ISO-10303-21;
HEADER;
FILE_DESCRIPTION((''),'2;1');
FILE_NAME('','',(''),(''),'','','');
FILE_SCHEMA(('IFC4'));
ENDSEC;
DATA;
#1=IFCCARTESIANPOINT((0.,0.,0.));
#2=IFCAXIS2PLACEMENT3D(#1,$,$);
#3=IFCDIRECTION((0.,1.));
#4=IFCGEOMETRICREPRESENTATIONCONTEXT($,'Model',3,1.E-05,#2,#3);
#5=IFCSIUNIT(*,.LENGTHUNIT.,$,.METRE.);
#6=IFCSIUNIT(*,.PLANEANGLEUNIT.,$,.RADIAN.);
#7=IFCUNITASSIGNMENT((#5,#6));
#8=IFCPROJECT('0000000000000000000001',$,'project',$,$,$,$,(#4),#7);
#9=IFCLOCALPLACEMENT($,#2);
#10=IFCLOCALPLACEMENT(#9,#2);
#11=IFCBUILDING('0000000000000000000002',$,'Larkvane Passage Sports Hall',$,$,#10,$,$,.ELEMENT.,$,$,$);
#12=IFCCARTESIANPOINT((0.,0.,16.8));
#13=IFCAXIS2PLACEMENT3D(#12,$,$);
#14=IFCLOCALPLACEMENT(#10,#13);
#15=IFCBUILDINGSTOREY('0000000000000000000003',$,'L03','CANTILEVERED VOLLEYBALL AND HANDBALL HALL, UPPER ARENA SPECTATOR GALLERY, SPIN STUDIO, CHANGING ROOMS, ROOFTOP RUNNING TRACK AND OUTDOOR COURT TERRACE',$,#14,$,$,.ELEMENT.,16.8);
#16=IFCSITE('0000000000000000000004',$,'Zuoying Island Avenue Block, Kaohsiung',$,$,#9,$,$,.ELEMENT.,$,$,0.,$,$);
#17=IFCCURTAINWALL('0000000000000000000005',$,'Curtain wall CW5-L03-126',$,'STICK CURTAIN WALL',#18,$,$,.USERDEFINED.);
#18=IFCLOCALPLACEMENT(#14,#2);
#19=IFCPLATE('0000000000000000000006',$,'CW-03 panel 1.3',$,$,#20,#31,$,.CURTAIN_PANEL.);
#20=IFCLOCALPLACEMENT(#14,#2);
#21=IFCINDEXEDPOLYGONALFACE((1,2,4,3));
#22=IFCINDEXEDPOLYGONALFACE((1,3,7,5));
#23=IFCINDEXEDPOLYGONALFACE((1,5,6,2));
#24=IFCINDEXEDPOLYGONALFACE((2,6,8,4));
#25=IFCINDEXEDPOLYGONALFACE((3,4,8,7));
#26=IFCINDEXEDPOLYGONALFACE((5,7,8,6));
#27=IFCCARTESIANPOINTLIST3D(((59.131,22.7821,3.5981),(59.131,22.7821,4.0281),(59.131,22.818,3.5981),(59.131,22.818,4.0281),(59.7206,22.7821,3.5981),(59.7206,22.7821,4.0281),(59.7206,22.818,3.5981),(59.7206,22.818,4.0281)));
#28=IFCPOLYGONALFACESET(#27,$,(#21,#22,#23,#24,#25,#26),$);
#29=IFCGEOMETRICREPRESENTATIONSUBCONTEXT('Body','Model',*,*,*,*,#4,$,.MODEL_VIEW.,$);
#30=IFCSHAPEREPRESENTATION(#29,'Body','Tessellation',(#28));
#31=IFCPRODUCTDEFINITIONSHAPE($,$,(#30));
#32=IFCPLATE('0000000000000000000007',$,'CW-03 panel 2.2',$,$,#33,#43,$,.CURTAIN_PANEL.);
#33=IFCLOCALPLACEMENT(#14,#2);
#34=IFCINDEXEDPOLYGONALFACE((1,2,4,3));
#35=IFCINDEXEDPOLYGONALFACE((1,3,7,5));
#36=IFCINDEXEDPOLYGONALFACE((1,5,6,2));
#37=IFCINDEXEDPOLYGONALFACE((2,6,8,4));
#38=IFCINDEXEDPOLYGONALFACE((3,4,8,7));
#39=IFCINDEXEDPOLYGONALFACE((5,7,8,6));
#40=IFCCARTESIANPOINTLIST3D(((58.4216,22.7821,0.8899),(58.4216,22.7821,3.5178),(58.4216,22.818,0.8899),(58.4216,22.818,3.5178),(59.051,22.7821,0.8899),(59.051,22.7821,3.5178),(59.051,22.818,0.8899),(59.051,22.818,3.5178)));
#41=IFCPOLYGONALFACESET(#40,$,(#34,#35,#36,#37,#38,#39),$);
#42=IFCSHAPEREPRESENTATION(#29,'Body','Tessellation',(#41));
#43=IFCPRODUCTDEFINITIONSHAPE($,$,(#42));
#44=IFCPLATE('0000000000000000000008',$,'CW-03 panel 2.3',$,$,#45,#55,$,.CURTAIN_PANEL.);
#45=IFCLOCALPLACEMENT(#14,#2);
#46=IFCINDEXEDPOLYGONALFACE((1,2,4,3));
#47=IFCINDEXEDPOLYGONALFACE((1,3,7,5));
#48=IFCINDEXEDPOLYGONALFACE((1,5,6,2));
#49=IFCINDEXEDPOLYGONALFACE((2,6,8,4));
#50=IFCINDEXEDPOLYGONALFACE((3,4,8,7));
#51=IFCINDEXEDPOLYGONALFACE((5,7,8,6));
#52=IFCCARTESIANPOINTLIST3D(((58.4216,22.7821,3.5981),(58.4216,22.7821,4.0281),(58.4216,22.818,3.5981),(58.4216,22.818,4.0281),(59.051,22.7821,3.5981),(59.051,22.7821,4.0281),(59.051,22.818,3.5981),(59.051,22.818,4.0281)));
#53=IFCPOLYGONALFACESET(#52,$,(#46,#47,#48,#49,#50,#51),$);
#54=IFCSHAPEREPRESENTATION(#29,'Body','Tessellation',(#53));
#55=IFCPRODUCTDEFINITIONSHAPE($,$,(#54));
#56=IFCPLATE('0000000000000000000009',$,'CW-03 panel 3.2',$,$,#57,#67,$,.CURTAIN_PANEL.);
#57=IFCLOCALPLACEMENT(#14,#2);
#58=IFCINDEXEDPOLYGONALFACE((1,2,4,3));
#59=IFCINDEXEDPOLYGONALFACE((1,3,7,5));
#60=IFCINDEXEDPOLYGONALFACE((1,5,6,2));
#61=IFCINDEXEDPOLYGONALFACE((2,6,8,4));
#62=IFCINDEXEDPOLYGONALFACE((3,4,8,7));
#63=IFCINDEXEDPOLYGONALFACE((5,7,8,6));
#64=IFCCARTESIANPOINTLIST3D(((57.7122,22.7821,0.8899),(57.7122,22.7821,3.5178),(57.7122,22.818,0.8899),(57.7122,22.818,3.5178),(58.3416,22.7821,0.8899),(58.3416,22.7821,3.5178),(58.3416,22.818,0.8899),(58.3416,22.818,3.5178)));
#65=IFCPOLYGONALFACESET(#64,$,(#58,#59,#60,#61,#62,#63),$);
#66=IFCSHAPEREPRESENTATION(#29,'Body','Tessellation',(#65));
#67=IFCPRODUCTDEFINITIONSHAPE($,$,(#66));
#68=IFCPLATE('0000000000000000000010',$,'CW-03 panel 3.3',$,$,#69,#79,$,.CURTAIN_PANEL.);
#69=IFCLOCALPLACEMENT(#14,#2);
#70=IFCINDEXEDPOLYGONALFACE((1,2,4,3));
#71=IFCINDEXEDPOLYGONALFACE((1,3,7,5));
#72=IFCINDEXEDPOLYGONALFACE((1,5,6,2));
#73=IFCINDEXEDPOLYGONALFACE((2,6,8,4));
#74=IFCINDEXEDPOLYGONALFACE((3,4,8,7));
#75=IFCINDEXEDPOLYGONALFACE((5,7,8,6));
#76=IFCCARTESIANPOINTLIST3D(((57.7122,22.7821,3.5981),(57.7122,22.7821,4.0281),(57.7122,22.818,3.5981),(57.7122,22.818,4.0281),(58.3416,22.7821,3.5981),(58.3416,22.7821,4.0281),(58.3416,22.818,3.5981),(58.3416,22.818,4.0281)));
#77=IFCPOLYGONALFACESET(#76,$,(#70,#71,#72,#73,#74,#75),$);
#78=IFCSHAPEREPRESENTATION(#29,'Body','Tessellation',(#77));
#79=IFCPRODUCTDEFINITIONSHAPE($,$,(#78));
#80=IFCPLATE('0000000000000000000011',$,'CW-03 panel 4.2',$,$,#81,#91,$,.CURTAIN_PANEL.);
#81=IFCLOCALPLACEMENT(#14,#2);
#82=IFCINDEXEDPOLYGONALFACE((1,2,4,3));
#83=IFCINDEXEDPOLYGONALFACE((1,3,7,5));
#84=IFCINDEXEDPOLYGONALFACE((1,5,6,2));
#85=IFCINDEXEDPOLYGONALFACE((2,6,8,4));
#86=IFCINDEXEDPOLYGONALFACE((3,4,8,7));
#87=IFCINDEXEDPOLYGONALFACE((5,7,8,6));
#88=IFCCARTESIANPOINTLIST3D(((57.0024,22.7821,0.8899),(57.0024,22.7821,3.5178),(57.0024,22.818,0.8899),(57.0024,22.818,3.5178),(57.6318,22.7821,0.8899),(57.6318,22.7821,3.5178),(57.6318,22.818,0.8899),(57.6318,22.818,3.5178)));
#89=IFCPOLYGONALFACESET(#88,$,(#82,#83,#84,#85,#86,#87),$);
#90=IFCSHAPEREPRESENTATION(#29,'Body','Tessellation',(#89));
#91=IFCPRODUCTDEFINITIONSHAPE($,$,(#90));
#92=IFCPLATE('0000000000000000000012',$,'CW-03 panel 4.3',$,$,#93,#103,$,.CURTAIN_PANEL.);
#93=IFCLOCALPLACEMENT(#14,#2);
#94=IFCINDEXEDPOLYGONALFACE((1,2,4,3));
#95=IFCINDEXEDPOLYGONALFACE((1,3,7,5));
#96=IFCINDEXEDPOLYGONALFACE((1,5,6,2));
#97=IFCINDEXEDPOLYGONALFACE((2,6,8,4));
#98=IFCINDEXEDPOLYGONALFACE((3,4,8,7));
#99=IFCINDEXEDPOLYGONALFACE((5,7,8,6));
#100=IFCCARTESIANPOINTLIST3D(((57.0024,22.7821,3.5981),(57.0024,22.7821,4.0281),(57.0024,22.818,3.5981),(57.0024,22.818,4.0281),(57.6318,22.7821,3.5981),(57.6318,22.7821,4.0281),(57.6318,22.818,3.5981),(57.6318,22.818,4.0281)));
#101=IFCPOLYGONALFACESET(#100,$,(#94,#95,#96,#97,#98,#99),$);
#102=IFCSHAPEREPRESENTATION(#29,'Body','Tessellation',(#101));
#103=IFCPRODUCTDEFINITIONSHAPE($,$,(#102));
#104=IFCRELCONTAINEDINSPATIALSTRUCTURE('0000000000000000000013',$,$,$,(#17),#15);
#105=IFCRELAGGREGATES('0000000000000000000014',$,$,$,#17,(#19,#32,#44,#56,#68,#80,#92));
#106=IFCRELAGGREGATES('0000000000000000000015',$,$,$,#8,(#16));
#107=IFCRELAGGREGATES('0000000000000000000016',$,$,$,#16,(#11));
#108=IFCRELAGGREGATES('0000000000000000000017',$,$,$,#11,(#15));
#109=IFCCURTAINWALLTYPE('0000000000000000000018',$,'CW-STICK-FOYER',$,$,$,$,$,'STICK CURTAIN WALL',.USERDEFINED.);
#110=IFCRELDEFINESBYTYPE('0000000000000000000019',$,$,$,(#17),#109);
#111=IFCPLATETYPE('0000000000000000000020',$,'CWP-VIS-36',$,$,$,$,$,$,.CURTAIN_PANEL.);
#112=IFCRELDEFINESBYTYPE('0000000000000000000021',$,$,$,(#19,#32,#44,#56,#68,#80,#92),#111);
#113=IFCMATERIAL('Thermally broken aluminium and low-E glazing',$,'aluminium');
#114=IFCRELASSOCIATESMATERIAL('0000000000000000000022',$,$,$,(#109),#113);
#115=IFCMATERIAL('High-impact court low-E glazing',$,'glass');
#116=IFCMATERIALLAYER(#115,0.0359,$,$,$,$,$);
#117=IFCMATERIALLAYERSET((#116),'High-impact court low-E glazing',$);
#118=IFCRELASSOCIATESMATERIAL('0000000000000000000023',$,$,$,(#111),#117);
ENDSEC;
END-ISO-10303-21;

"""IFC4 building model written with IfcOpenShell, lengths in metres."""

from ifc_helpers import new_model, si_unit, direction, frame, origin, origin_2d, place, context, subcontext, project, spatial, rectangle, extrude, material, layer, layer_set, type_object, element, aggregate, save


model = new_model("IFC4")

# Units and contexts
model_context = context("Model", 3, precision=1e-05, world=origin(), true_north=direction((0.0, 1.0)))
body_context = subcontext(model_context, "Body", "Model", "MODEL_VIEW")
ifc_project = project(units=[si_unit("LENGTHUNIT", "METRE"), si_unit("PLANEANGLEUNIT", "RADIAN")], contexts=[model_context])

# Site, building, storey
site_placement = place(None, origin())
site = spatial("IfcSite", under=ifc_project, at=site_placement, Name="Zuoying Island Avenue Block, Kaohsiung", CompositionType="ELEMENT", RefElevation=0.0)
building_placement = place(site_placement, origin())
building = spatial("IfcBuilding", under=site, at=building_placement, Name="Larkvane Passage Sports Hall", CompositionType="ELEMENT")
storey_placement = place(building_placement, frame((0.0, 0.0, 16.8)))
storey = spatial("IfcBuildingStorey", under=building, at=storey_placement, Name="L03", Description="CANTILEVERED VOLLEYBALL AND HANDBALL HALL, UPPER ARENA SPECTATOR GALLERY, SPIN STUDIO, CHANGING ROOMS, ROOFTOP RUNNING TRACK AND OUTDOOR COURT TERRACE", CompositionType="ELEMENT", Elevation=16.8)

# Curtain wall, plates
ifc_material_1 = material(Name="Thermally broken aluminium and low-E glazing", Category="aluminium")
curtain_wall_type = type_object("IfcCurtainWallType", Name="CW-STICK-FOYER", ElementType="STICK CURTAIN WALL", PredefinedType="USERDEFINED", material=ifc_material_1)
curtain_wall_placement = place(storey_placement, origin())
curtain_wall = element("IfcCurtainWall", 1, at=curtain_wall_placement, inside=storey, type_object=curtain_wall_type, Name="Curtain wall CW5-L03-126", ObjectType="STICK CURTAIN WALL", PredefinedType="USERDEFINED")
ifc_material_2 = material(Name="High-impact court low-E glazing", Category="glass")
ifc_layer_1 = layer(ifc_material_2, 0.0359)
ifc_layer_set_1 = layer_set([ifc_layer_1], Name="High-impact court low-E glazing")
plate_type_1 = type_object("IfcPlateType", Name="CWP-VIS-36", PredefinedType="CURTAIN_PANEL", material=ifc_layer_set_1)
plate_1_placement = place(storey_placement, frame((59.4258, 22.8, 3.5981), z_axis=(0.0, 0.0, 1.0), x_axis=(-1.0, 0.0, 0.0)))
plate_1 = element("IfcPlate", 2, at=plate_1_placement, type_object=plate_type_1, Name="CW-03 panel 1.3", PredefinedType="CURTAIN_PANEL", context=body_context, shape_type="SweptSolid", body=[
    extrude(rectangle(XDim=0.5896, YDim=0.0359, at=origin_2d()), origin(), (0.0, 0.0, 1.0), 0.4299),
])
plate_2_placement = place(storey_placement, frame((58.7363, 22.8, 0.8899), z_axis=(0.0, 0.0, 1.0), x_axis=(-1.0, 0.0, 0.0)))
plate_2 = element("IfcPlate", 3, at=plate_2_placement, type_object=plate_type_1, Name="CW-03 panel 2.2", PredefinedType="CURTAIN_PANEL", context=body_context, shape_type="SweptSolid", body=[
    extrude(rectangle(XDim=0.6294, YDim=0.0359, at=origin_2d()), origin(), (0.0, 0.0, 1.0), 2.6279),
])
plate_3_placement = place(storey_placement, frame((58.7363, 22.8, 3.5981), z_axis=(0.0, 0.0, 1.0), x_axis=(-1.0, 0.0, 0.0)))
plate_3 = element("IfcPlate", 4, at=plate_3_placement, type_object=plate_type_1, Name="CW-03 panel 2.3", PredefinedType="CURTAIN_PANEL", context=body_context, shape_type="SweptSolid", body=[
    extrude(rectangle(XDim=0.6294, YDim=0.0359, at=origin_2d()), origin(), (0.0, 0.0, 1.0), 0.4299),
])
plate_4_placement = place(storey_placement, frame((58.0269, 22.8, 0.8899), z_axis=(0.0, 0.0, 1.0), x_axis=(-1.0, 0.0, 0.0)))
plate_4 = element("IfcPlate", 5, at=plate_4_placement, type_object=plate_type_1, Name="CW-03 panel 3.2", PredefinedType="CURTAIN_PANEL", context=body_context, shape_type="SweptSolid", body=[
    extrude(rectangle(XDim=0.6294, YDim=0.0359, at=origin_2d()), origin(), (0.0, 0.0, 1.0), 2.6279),
])
plate_5_placement = place(storey_placement, frame((58.0269, 22.8, 3.5981), z_axis=(0.0, 0.0, 1.0), x_axis=(-1.0, 0.0, 0.0)))
plate_5 = element("IfcPlate", 6, at=plate_5_placement, type_object=plate_type_1, Name="CW-03 panel 3.3", PredefinedType="CURTAIN_PANEL", context=body_context, shape_type="SweptSolid", body=[
    extrude(rectangle(XDim=0.6294, YDim=0.0359, at=origin_2d()), origin(), (0.0, 0.0, 1.0), 0.4299),
])
plate_6_placement = place(storey_placement, frame((57.3171, 22.8, 0.8899), z_axis=(0.0, 0.0, 1.0), x_axis=(-1.0, 0.0, 0.0)))
plate_6 = element("IfcPlate", 7, at=plate_6_placement, type_object=plate_type_1, Name="CW-03 panel 4.2", PredefinedType="CURTAIN_PANEL", context=body_context, shape_type="SweptSolid", body=[
    extrude(rectangle(XDim=0.6294, YDim=0.0359, at=origin_2d()), origin(), (0.0, 0.0, 1.0), 2.6279),
])
plate_7_placement = place(storey_placement, frame((57.3171, 22.8, 3.5981), z_axis=(0.0, 0.0, 1.0), x_axis=(-1.0, 0.0, 0.0)))
plate_7 = element("IfcPlate", 8, at=plate_7_placement, type_object=plate_type_1, Name="CW-03 panel 4.3", PredefinedType="CURTAIN_PANEL", context=body_context, shape_type="SweptSolid", body=[
    extrude(rectangle(XDim=0.6294, YDim=0.0359, at=origin_2d()), origin(), (0.0, 0.0, 1.0), 0.4299),
])
aggregate(curtain_wall, [plate_1, plate_2, plate_3, plate_4, plate_5, plate_6, plate_7])

save(model, "model.ifc")
